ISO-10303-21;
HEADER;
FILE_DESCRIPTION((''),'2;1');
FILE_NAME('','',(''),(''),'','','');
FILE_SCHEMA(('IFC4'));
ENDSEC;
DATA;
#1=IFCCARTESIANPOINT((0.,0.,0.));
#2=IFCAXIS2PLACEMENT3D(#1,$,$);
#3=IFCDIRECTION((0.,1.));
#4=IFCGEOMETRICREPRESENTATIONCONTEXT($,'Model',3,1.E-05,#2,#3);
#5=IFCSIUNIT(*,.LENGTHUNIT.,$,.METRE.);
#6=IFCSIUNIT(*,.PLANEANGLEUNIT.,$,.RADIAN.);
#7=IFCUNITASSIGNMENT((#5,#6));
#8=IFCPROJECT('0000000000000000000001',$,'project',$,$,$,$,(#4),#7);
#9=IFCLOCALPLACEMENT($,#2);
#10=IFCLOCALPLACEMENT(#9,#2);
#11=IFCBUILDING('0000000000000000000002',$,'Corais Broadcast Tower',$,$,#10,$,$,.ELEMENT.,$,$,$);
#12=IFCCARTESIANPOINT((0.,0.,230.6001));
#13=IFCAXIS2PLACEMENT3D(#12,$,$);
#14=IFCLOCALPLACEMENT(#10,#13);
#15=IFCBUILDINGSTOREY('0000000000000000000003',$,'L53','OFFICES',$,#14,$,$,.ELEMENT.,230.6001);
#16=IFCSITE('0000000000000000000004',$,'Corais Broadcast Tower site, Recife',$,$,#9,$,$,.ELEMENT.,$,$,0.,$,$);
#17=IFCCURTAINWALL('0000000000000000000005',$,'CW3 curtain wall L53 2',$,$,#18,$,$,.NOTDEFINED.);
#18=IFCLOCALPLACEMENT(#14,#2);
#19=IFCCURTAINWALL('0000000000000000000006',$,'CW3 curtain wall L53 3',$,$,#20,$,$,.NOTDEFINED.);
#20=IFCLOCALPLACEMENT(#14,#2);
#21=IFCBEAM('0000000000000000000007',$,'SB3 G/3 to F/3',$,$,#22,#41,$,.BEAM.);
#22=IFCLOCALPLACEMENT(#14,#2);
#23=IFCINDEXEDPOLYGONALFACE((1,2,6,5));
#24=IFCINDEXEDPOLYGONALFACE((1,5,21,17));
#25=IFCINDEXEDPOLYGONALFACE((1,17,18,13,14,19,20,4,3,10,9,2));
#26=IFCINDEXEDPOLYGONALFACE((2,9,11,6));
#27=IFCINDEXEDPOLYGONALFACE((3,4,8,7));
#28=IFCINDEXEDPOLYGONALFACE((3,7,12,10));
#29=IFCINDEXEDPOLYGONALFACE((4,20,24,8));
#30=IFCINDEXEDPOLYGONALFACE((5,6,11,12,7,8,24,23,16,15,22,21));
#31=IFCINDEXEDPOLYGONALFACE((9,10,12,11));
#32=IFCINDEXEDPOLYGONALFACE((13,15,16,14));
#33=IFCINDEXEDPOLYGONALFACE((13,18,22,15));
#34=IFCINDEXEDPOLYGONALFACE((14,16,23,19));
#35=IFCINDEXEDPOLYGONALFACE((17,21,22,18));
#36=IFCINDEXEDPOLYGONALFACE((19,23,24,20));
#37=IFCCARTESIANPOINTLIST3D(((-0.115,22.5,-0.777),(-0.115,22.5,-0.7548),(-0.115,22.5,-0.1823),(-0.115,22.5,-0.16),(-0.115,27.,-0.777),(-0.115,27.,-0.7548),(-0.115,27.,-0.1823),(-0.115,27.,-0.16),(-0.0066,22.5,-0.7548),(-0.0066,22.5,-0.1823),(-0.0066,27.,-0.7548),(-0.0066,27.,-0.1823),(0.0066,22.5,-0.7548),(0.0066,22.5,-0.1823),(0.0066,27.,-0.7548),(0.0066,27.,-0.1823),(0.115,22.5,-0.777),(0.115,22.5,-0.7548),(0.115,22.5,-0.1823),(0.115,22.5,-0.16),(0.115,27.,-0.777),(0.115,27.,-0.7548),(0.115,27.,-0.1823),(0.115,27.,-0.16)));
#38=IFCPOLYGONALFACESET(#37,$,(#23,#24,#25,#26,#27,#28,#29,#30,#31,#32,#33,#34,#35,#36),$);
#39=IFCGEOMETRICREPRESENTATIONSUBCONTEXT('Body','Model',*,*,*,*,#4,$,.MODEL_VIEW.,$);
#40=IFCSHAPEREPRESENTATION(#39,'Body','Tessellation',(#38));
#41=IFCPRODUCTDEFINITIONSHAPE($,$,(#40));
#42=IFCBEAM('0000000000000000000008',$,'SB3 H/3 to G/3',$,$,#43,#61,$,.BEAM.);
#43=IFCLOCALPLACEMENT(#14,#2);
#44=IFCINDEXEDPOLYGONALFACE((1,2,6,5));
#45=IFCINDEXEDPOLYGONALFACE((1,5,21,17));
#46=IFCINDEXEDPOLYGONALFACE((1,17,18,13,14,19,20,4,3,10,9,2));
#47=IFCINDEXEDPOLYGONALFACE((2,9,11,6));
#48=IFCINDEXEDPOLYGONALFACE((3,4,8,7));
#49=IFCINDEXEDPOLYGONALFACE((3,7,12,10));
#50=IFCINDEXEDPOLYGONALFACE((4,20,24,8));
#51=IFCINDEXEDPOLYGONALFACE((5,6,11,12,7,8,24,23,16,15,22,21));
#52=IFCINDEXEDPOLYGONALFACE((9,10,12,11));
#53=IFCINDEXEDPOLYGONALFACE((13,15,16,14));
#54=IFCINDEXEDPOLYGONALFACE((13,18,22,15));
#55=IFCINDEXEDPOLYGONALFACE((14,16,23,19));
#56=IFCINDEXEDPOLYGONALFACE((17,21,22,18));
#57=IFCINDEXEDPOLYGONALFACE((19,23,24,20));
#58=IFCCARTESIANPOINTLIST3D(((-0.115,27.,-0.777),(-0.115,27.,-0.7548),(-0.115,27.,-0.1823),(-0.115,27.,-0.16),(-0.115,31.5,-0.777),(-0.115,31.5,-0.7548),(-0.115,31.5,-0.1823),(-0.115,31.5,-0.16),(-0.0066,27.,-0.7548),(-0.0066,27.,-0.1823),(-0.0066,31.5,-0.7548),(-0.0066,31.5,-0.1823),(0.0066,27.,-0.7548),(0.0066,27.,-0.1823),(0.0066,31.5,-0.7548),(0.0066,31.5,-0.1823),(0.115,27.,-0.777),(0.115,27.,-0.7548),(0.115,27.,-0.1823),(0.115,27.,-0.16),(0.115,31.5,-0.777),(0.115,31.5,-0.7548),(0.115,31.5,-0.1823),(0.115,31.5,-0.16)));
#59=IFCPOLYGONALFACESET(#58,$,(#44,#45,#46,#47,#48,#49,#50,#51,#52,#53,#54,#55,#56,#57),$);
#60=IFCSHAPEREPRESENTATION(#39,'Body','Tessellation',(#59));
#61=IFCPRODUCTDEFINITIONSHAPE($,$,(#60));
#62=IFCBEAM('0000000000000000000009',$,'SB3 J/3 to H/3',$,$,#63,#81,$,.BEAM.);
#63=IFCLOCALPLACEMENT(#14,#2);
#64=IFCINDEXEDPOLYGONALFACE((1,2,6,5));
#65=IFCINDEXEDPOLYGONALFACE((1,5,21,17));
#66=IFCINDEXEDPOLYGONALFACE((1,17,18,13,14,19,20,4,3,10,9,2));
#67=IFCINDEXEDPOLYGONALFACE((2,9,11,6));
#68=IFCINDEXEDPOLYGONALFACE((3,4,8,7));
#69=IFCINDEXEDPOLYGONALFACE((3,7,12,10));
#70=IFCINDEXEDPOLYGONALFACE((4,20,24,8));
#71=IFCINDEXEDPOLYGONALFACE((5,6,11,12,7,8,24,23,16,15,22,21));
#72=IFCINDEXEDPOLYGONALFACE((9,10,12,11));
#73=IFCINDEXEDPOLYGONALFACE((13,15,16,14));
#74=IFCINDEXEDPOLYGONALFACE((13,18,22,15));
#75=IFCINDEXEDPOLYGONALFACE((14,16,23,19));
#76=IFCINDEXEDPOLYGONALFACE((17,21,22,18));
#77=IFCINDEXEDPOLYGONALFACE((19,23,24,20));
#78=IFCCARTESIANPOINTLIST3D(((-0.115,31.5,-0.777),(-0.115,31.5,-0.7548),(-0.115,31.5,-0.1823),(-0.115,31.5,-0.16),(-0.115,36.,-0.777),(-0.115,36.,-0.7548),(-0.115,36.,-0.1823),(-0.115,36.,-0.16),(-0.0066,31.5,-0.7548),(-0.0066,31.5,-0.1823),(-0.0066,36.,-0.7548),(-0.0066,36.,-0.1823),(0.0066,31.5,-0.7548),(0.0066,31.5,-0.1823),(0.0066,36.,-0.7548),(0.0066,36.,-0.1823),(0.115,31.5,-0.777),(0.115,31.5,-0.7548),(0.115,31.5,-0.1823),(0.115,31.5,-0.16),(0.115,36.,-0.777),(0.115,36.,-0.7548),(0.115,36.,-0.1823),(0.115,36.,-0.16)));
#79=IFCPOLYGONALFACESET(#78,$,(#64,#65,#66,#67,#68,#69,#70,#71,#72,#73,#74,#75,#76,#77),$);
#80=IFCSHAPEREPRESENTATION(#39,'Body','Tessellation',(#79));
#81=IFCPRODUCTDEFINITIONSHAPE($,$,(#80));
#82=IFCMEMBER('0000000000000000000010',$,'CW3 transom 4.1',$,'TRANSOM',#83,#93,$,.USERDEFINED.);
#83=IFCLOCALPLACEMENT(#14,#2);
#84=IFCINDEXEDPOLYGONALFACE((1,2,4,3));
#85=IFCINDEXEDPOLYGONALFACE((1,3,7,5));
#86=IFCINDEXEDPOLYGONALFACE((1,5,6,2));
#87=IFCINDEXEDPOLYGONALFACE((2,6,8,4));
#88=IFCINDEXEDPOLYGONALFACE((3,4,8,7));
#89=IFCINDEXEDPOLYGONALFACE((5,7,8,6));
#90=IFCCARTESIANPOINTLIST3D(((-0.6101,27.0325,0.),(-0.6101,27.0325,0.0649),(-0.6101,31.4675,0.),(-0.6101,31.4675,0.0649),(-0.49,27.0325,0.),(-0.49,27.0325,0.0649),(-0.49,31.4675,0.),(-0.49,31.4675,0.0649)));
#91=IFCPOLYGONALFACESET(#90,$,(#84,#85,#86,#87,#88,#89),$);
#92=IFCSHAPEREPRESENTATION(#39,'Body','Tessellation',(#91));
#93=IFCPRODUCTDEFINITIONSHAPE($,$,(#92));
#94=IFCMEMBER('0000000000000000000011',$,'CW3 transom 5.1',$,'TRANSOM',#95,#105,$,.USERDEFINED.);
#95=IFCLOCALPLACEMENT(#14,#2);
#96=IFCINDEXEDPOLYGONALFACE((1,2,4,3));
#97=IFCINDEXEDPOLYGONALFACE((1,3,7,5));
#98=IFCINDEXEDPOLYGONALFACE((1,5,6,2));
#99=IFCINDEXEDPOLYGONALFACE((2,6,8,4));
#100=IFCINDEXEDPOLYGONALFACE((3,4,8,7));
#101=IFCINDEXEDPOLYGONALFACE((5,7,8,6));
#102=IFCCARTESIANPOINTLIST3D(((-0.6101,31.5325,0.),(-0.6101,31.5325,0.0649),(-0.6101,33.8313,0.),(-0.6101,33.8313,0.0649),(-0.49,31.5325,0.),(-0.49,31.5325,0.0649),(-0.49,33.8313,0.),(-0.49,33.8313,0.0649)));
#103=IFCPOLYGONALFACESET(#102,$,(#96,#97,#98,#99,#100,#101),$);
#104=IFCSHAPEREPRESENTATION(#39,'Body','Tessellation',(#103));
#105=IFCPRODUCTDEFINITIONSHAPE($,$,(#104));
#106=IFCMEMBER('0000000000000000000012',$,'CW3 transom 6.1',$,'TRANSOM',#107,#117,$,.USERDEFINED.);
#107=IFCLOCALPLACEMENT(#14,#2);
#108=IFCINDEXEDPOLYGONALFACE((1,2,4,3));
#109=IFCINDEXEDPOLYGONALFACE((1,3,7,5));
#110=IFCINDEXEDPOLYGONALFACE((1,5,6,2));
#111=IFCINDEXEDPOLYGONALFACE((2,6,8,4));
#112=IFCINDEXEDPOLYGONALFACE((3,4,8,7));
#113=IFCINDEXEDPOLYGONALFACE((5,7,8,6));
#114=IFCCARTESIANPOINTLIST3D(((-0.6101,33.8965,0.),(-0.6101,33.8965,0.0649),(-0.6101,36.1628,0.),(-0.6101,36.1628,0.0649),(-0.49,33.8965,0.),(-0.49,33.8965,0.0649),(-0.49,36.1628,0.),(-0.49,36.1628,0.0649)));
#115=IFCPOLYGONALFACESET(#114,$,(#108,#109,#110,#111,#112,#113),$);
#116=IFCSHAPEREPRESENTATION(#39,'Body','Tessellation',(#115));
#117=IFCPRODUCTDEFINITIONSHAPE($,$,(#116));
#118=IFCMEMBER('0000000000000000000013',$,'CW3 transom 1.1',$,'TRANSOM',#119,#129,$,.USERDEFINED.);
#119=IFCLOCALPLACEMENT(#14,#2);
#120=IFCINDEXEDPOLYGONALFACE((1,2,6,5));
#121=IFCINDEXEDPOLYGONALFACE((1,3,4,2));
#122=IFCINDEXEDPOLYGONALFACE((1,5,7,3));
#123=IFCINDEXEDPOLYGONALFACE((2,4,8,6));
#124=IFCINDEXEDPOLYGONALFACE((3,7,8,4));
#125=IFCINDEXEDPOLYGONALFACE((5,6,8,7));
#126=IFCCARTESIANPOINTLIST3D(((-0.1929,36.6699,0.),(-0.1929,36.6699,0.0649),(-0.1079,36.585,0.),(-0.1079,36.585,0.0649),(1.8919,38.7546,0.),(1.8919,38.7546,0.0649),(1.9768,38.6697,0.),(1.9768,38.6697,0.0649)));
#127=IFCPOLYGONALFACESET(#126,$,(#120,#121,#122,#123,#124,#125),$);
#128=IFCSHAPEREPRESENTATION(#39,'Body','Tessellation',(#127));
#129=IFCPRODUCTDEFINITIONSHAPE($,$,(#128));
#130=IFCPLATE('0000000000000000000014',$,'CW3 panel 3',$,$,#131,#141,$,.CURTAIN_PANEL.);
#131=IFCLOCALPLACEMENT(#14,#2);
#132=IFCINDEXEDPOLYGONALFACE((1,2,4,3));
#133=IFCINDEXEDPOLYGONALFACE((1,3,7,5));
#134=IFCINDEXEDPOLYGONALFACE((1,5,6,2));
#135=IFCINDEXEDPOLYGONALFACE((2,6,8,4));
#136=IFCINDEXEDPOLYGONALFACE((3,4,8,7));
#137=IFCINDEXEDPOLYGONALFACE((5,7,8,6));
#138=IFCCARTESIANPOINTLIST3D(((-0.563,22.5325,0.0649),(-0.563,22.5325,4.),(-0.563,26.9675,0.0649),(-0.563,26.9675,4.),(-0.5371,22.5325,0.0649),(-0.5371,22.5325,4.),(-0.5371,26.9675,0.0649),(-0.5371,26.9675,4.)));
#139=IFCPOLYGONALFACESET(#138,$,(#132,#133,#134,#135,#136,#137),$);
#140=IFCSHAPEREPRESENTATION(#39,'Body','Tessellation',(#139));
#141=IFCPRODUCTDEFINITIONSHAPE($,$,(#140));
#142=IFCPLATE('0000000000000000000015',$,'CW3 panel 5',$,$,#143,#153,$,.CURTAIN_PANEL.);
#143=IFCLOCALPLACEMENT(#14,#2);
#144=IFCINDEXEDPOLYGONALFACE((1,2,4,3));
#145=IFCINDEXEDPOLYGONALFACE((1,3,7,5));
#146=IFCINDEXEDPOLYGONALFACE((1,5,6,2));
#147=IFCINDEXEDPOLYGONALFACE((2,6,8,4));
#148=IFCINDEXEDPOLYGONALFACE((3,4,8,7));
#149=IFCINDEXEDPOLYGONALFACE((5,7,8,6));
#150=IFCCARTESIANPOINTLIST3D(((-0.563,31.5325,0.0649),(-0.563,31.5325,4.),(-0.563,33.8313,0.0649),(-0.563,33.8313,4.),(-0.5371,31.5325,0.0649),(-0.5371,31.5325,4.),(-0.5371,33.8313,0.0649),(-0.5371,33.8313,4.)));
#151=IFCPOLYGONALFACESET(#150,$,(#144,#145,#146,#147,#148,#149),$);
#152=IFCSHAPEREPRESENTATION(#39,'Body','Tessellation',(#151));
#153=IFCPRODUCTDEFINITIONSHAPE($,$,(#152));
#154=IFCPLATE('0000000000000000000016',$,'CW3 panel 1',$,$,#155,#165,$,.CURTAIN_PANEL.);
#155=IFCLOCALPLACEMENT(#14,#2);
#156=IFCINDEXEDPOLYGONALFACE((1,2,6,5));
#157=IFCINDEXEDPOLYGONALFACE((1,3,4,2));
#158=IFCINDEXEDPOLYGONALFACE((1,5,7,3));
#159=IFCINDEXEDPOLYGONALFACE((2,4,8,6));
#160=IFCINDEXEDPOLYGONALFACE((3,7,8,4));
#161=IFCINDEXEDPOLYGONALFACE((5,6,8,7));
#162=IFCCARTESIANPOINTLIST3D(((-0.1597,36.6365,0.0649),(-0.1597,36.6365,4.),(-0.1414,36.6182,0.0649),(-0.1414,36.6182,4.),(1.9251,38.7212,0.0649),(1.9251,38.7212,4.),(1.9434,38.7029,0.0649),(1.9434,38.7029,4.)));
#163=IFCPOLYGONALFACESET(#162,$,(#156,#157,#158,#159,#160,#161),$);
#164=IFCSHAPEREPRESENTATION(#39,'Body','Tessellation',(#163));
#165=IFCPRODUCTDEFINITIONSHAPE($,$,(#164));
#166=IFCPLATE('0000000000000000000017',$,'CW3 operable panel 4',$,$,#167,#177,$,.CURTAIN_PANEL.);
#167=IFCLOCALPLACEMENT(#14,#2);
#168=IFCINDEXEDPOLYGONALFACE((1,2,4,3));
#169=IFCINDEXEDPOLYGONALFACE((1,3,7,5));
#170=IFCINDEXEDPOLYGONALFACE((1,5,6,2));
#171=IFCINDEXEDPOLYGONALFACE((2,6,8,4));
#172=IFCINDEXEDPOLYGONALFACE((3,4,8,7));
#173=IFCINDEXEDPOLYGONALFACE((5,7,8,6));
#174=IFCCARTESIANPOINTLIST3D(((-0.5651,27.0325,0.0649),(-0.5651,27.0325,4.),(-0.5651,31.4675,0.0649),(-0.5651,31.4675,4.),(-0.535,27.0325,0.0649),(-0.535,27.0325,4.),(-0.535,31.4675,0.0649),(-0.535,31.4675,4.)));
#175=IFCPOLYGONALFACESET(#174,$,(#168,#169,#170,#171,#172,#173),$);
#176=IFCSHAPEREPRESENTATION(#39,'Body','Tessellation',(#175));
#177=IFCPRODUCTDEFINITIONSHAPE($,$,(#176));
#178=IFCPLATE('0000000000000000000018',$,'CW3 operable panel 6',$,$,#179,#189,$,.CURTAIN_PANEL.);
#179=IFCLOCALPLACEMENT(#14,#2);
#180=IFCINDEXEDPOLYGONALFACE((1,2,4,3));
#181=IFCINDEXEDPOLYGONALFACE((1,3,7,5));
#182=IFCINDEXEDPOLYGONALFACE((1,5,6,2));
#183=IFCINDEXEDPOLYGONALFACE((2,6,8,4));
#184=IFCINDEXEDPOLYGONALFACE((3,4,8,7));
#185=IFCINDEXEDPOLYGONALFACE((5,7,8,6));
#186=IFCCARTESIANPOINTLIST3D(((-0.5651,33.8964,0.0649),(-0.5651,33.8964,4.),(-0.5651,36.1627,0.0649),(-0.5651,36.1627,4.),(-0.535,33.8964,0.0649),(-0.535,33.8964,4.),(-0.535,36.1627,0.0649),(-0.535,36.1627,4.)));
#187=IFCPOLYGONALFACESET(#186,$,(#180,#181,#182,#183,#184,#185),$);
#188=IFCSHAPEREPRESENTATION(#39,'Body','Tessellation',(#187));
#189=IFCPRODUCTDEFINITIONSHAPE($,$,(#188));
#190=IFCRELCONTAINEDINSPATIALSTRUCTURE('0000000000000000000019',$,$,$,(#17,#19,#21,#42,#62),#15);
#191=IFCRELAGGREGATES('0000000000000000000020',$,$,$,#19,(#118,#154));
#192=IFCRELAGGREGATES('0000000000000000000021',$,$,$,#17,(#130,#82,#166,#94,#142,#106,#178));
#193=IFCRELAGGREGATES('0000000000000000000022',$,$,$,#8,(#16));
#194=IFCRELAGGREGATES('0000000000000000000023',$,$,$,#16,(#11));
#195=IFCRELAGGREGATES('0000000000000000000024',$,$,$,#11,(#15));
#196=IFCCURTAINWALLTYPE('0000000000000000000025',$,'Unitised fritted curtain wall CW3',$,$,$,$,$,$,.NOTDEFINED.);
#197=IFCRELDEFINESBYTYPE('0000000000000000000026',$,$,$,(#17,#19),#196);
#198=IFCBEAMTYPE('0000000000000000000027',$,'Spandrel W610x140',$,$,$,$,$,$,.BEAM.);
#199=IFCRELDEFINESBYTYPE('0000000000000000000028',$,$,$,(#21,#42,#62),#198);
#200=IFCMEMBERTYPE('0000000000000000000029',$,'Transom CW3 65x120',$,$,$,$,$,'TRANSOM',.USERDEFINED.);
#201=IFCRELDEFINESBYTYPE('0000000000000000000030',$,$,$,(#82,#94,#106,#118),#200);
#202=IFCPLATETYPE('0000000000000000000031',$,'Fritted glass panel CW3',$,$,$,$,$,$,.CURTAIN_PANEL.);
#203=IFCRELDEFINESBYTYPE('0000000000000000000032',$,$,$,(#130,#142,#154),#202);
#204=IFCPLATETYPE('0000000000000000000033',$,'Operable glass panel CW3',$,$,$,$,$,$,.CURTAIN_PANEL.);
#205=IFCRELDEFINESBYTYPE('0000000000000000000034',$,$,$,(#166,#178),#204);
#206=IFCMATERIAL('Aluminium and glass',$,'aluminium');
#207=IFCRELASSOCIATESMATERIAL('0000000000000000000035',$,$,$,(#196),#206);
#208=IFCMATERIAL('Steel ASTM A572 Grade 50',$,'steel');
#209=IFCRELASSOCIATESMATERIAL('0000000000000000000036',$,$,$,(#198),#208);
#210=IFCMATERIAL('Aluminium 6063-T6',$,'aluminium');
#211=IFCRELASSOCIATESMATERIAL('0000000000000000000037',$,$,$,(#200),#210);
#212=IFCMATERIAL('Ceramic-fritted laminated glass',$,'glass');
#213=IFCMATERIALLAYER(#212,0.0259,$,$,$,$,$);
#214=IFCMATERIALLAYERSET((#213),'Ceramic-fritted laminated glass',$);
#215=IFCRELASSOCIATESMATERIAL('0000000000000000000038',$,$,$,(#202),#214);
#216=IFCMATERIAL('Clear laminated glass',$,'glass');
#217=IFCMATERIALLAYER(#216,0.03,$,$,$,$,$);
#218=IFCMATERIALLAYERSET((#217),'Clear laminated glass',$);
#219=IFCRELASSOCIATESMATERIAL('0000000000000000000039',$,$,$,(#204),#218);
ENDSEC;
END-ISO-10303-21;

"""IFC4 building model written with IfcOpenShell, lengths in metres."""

from ifc_helpers import new_model, si_unit, direction, frame, origin, origin_2d, place, context, subcontext, project, spatial, rectangle, i_section, extrude, material, layer, layer_set, material_profile, profile_set, type_object, element, aggregate, save


model = new_model("IFC4")

# Units and contexts
model_context = context("Model", 3, precision=1e-05, world=origin(), true_north=direction((0.0, 1.0)))
body_context = subcontext(model_context, "Body", "Model", "MODEL_VIEW")
ifc_project = project(units=[si_unit("LENGTHUNIT", "METRE"), si_unit("PLANEANGLEUNIT", "RADIAN")], contexts=[model_context])

# Site, building, storey
site_placement = place(None, origin())
site = spatial("IfcSite", under=ifc_project, at=site_placement, Name="Corais Broadcast Tower site, Recife", CompositionType="ELEMENT", RefElevation=0.0)
building_placement = place(site_placement, origin())
building = spatial("IfcBuilding", under=site, at=building_placement, Name="Corais Broadcast Tower", CompositionType="ELEMENT")
storey_placement = place(building_placement, frame((0.0, 0.0, 230.6001)))
storey = spatial("IfcBuildingStorey", under=building, at=storey_placement, Name="L53", Description="OFFICES", CompositionType="ELEMENT", Elevation=230.6001)

# Curtain walls
ifc_material_1 = material(Name="Aluminium and glass", Category="aluminium")
curtain_wall_type = type_object("IfcCurtainWallType", Name="Unitised fritted curtain wall CW3", PredefinedType="NOTDEFINED", material=ifc_material_1)
curtain_wall_1_placement = place(storey_placement, origin())
curtain_wall_1 = element("IfcCurtainWall", 1, at=curtain_wall_1_placement, inside=storey, type_object=curtain_wall_type, Name="CW3 curtain wall L53 2", PredefinedType="NOTDEFINED")
curtain_wall_2_placement = place(storey_placement, origin())
curtain_wall_2 = element("IfcCurtainWall", 2, at=curtain_wall_2_placement, inside=storey, type_object=curtain_wall_type, Name="CW3 curtain wall L53 3", PredefinedType="NOTDEFINED")

# Beams
ifc_material_2 = material(Name="Steel ASTM A572 Grade 50", Category="steel")
ifc_material_profile_1 = material_profile(ifc_material_2, i_section(OverallWidth=0.23, OverallDepth=0.6169, WebThickness=0.0132, FlangeThickness=0.0222, at=origin_2d()), Name="W610x140")
ifc_profile_set_1 = profile_set([ifc_material_profile_1], Name="Steel ASTM A572 Grade 50")
beam_type_1 = type_object("IfcBeamType", Name="Spandrel W610x140", PredefinedType="BEAM", material=ifc_profile_set_1)
for number, where, z_axis, x_axis, name in (
    (3, (0.0, 27.0, -0.4685), (0.0, -1.0, 0.0), (1.0, 0.0, 0.0), "SB3 G/3 to F/3"),
    (4, (0.0, 31.5, -0.4685), (0.0, -1.0, 0.0), (1.0, 0.0, 0.0), "SB3 H/3 to G/3"),
    (5, (0.0, 36.0, -0.4685), (0.0, -1.0, 0.0), (1.0, 0.0, 0.0), "SB3 J/3 to H/3"),
):
    element("IfcBeam", number, at=place(storey_placement, frame(where, z_axis=z_axis, x_axis=x_axis)), inside=storey, type_object=beam_type_1, Name=name, PredefinedType="BEAM", context=body_context, shape_type="SweptSolid", body=[
        extrude(i_section(OverallWidth=0.23, OverallDepth=0.6169, WebThickness=0.0132, FlangeThickness=0.0222, at=origin_2d()), origin(), (0.0, 0.0, 1.0), 4.5),
    ])

# Members
ifc_material_3 = material(Name="Aluminium 6063-T6", Category="aluminium")
ifc_material_profile_2 = material_profile(ifc_material_3, rectangle(XDim=0.1201, YDim=0.0649, at=origin_2d()), Name="Transom CW3 65x120")
ifc_profile_set_2 = profile_set([ifc_material_profile_2], Name="Aluminium 6063-T6")
member_type_1 = type_object("IfcMemberType", Name="Transom CW3 65x120", ElementType="TRANSOM", PredefinedType="USERDEFINED", material=ifc_profile_set_2)
member_1_placement = place(storey_placement, frame((-0.55, 27.0325, 0.0325), z_axis=(0.0, 1.0, 0.0), x_axis=(-1.0, 0.0, 0.0)))
member_1 = element("IfcMember", 6, at=member_1_placement, type_object=member_type_1, Name="CW3 transom 4.1", ObjectType="TRANSOM", PredefinedType="USERDEFINED", context=body_context, shape_type="SweptSolid", body=[
    extrude(rectangle(XDim=0.1201, YDim=0.0649, at=origin_2d()), origin(), (0.0, 0.0, 1.0), 4.4351),
])
member_2_placement = place(storey_placement, frame((-0.55, 31.5325, 0.0325), z_axis=(0.0, 1.0, 0.0), x_axis=(-1.0, 0.0, 0.0)))
member_2 = element("IfcMember", 7, at=member_2_placement, type_object=member_type_1, Name="CW3 transom 5.1", ObjectType="TRANSOM", PredefinedType="USERDEFINED", context=body_context, shape_type="SweptSolid", body=[
    extrude(rectangle(XDim=0.1201, YDim=0.0649, at=origin_2d()), origin(), (0.0, 0.0, 1.0), 2.2988),
])
member_3_placement = place(storey_placement, frame((-0.55, 33.8965, 0.0325), z_axis=(0.0, 1.0, 0.0), x_axis=(-1.0, 0.0, 0.0)))
member_3 = element("IfcMember", 8, at=member_3_placement, type_object=member_type_1, Name="CW3 transom 6.1", ObjectType="TRANSOM", PredefinedType="USERDEFINED", context=body_context, shape_type="SweptSolid", body=[
    extrude(rectangle(XDim=0.1201, YDim=0.0649, at=origin_2d()), origin(), (0.0, 0.0, 1.0), 2.2664),
])
member_4_placement = place(storey_placement, frame((-0.1504, 36.6274, 0.0325), z_axis=(0.707107, 0.707107, 0.0), x_axis=(-0.707107, 0.707107, 0.0)))
member_4 = element("IfcMember", 9, at=member_4_placement, type_object=member_type_1, Name="CW3 transom 1.1", ObjectType="TRANSOM", PredefinedType="USERDEFINED", context=body_context, shape_type="SweptSolid", body=[
    extrude(rectangle(XDim=0.1201, YDim=0.0649, at=origin_2d()), origin(), (0.0, 0.0, 1.0), 2.9482),
])

# Plates
ifc_material_4 = material(Name="Ceramic-fritted laminated glass", Category="glass")
ifc_layer_1 = layer(ifc_material_4, 0.0259)
ifc_layer_set_1 = layer_set([ifc_layer_1], Name="Ceramic-fritted laminated glass")
plate_type_1 = type_object("IfcPlateType", Name="Fritted glass panel CW3", PredefinedType="CURTAIN_PANEL", material=ifc_layer_set_1)
plate_1_placement = place(storey_placement, frame((-0.55, 24.75, 0.0649), z_axis=(0.0, 0.0, 1.0), x_axis=(0.0, 1.0, 0.0)))
plate_1 = element("IfcPlate", 10, at=plate_1_placement, type_object=plate_type_1, Name="CW3 panel 3", PredefinedType="CURTAIN_PANEL", context=body_context, shape_type="SweptSolid", body=[
    extrude(rectangle(XDim=4.4351, YDim=0.0259, at=origin_2d()), origin(), (0.0, 0.0, 1.0), 3.9351),
])
plate_2_placement = place(storey_placement, frame((-0.55, 32.6819, 0.0649), z_axis=(0.0, 0.0, 1.0), x_axis=(0.0, 1.0, 0.0)))
plate_2 = element("IfcPlate", 11, at=plate_2_placement, type_object=plate_type_1, Name="CW3 panel 5", PredefinedType="CURTAIN_PANEL", context=body_context, shape_type="SweptSolid", body=[
    extrude(rectangle(XDim=2.2988, YDim=0.0259, at=origin_2d()), origin(), (0.0, 0.0, 1.0), 3.9351),
])
plate_3_placement = place(storey_placement, frame((0.8918, 37.6697, 0.0649), z_axis=(0.0, 0.0, 1.0), x_axis=(0.707107, 0.707107, 0.0)))
plate_3 = element("IfcPlate", 12, at=plate_3_placement, type_object=plate_type_1, Name="CW3 panel 1", PredefinedType="CURTAIN_PANEL", context=body_context, shape_type="SweptSolid", body=[
    extrude(rectangle(XDim=2.9482, YDim=0.0259, at=origin_2d()), origin(), (0.0, 0.0, 1.0), 3.9351),
])
aggregate(curtain_wall_2, [member_4, plate_3])
ifc_material_5 = material(Name="Clear laminated glass", Category="glass")
ifc_layer_2 = layer(ifc_material_5, 0.03)
ifc_layer_set_2 = layer_set([ifc_layer_2], Name="Clear laminated glass")
plate_type_2 = type_object("IfcPlateType", Name="Operable glass panel CW3", PredefinedType="CURTAIN_PANEL", material=ifc_layer_set_2)
plate_4_placement = place(storey_placement, frame((-0.55, 29.25, 0.0649), z_axis=(0.0, 0.0, 1.0), x_axis=(0.0, 1.0, 0.0)))
plate_4 = element("IfcPlate", 13, at=plate_4_placement, type_object=plate_type_2, Name="CW3 operable panel 4", PredefinedType="CURTAIN_PANEL", context=body_context, shape_type="SweptSolid", body=[
    extrude(rectangle(XDim=4.4351, YDim=0.03, at=origin_2d()), origin(), (0.0, 0.0, 1.0), 3.9351),
])
plate_5_placement = place(storey_placement, frame((-0.55, 35.0295, 0.0649), z_axis=(0.0, 0.0, 1.0), x_axis=(0.0, 1.0, 0.0)))
plate_5 = element("IfcPlate", 14, at=plate_5_placement, type_object=plate_type_2, Name="CW3 operable panel 6", PredefinedType="CURTAIN_PANEL", context=body_context, shape_type="SweptSolid", body=[
    extrude(rectangle(XDim=2.2664, YDim=0.03, at=origin_2d()), origin(), (0.0, 0.0, 1.0), 3.9351),
])
aggregate(curtain_wall_1, [plate_1, member_1, plate_4, member_2, plate_2, member_3, plate_5])

save(model, "model.ifc")
